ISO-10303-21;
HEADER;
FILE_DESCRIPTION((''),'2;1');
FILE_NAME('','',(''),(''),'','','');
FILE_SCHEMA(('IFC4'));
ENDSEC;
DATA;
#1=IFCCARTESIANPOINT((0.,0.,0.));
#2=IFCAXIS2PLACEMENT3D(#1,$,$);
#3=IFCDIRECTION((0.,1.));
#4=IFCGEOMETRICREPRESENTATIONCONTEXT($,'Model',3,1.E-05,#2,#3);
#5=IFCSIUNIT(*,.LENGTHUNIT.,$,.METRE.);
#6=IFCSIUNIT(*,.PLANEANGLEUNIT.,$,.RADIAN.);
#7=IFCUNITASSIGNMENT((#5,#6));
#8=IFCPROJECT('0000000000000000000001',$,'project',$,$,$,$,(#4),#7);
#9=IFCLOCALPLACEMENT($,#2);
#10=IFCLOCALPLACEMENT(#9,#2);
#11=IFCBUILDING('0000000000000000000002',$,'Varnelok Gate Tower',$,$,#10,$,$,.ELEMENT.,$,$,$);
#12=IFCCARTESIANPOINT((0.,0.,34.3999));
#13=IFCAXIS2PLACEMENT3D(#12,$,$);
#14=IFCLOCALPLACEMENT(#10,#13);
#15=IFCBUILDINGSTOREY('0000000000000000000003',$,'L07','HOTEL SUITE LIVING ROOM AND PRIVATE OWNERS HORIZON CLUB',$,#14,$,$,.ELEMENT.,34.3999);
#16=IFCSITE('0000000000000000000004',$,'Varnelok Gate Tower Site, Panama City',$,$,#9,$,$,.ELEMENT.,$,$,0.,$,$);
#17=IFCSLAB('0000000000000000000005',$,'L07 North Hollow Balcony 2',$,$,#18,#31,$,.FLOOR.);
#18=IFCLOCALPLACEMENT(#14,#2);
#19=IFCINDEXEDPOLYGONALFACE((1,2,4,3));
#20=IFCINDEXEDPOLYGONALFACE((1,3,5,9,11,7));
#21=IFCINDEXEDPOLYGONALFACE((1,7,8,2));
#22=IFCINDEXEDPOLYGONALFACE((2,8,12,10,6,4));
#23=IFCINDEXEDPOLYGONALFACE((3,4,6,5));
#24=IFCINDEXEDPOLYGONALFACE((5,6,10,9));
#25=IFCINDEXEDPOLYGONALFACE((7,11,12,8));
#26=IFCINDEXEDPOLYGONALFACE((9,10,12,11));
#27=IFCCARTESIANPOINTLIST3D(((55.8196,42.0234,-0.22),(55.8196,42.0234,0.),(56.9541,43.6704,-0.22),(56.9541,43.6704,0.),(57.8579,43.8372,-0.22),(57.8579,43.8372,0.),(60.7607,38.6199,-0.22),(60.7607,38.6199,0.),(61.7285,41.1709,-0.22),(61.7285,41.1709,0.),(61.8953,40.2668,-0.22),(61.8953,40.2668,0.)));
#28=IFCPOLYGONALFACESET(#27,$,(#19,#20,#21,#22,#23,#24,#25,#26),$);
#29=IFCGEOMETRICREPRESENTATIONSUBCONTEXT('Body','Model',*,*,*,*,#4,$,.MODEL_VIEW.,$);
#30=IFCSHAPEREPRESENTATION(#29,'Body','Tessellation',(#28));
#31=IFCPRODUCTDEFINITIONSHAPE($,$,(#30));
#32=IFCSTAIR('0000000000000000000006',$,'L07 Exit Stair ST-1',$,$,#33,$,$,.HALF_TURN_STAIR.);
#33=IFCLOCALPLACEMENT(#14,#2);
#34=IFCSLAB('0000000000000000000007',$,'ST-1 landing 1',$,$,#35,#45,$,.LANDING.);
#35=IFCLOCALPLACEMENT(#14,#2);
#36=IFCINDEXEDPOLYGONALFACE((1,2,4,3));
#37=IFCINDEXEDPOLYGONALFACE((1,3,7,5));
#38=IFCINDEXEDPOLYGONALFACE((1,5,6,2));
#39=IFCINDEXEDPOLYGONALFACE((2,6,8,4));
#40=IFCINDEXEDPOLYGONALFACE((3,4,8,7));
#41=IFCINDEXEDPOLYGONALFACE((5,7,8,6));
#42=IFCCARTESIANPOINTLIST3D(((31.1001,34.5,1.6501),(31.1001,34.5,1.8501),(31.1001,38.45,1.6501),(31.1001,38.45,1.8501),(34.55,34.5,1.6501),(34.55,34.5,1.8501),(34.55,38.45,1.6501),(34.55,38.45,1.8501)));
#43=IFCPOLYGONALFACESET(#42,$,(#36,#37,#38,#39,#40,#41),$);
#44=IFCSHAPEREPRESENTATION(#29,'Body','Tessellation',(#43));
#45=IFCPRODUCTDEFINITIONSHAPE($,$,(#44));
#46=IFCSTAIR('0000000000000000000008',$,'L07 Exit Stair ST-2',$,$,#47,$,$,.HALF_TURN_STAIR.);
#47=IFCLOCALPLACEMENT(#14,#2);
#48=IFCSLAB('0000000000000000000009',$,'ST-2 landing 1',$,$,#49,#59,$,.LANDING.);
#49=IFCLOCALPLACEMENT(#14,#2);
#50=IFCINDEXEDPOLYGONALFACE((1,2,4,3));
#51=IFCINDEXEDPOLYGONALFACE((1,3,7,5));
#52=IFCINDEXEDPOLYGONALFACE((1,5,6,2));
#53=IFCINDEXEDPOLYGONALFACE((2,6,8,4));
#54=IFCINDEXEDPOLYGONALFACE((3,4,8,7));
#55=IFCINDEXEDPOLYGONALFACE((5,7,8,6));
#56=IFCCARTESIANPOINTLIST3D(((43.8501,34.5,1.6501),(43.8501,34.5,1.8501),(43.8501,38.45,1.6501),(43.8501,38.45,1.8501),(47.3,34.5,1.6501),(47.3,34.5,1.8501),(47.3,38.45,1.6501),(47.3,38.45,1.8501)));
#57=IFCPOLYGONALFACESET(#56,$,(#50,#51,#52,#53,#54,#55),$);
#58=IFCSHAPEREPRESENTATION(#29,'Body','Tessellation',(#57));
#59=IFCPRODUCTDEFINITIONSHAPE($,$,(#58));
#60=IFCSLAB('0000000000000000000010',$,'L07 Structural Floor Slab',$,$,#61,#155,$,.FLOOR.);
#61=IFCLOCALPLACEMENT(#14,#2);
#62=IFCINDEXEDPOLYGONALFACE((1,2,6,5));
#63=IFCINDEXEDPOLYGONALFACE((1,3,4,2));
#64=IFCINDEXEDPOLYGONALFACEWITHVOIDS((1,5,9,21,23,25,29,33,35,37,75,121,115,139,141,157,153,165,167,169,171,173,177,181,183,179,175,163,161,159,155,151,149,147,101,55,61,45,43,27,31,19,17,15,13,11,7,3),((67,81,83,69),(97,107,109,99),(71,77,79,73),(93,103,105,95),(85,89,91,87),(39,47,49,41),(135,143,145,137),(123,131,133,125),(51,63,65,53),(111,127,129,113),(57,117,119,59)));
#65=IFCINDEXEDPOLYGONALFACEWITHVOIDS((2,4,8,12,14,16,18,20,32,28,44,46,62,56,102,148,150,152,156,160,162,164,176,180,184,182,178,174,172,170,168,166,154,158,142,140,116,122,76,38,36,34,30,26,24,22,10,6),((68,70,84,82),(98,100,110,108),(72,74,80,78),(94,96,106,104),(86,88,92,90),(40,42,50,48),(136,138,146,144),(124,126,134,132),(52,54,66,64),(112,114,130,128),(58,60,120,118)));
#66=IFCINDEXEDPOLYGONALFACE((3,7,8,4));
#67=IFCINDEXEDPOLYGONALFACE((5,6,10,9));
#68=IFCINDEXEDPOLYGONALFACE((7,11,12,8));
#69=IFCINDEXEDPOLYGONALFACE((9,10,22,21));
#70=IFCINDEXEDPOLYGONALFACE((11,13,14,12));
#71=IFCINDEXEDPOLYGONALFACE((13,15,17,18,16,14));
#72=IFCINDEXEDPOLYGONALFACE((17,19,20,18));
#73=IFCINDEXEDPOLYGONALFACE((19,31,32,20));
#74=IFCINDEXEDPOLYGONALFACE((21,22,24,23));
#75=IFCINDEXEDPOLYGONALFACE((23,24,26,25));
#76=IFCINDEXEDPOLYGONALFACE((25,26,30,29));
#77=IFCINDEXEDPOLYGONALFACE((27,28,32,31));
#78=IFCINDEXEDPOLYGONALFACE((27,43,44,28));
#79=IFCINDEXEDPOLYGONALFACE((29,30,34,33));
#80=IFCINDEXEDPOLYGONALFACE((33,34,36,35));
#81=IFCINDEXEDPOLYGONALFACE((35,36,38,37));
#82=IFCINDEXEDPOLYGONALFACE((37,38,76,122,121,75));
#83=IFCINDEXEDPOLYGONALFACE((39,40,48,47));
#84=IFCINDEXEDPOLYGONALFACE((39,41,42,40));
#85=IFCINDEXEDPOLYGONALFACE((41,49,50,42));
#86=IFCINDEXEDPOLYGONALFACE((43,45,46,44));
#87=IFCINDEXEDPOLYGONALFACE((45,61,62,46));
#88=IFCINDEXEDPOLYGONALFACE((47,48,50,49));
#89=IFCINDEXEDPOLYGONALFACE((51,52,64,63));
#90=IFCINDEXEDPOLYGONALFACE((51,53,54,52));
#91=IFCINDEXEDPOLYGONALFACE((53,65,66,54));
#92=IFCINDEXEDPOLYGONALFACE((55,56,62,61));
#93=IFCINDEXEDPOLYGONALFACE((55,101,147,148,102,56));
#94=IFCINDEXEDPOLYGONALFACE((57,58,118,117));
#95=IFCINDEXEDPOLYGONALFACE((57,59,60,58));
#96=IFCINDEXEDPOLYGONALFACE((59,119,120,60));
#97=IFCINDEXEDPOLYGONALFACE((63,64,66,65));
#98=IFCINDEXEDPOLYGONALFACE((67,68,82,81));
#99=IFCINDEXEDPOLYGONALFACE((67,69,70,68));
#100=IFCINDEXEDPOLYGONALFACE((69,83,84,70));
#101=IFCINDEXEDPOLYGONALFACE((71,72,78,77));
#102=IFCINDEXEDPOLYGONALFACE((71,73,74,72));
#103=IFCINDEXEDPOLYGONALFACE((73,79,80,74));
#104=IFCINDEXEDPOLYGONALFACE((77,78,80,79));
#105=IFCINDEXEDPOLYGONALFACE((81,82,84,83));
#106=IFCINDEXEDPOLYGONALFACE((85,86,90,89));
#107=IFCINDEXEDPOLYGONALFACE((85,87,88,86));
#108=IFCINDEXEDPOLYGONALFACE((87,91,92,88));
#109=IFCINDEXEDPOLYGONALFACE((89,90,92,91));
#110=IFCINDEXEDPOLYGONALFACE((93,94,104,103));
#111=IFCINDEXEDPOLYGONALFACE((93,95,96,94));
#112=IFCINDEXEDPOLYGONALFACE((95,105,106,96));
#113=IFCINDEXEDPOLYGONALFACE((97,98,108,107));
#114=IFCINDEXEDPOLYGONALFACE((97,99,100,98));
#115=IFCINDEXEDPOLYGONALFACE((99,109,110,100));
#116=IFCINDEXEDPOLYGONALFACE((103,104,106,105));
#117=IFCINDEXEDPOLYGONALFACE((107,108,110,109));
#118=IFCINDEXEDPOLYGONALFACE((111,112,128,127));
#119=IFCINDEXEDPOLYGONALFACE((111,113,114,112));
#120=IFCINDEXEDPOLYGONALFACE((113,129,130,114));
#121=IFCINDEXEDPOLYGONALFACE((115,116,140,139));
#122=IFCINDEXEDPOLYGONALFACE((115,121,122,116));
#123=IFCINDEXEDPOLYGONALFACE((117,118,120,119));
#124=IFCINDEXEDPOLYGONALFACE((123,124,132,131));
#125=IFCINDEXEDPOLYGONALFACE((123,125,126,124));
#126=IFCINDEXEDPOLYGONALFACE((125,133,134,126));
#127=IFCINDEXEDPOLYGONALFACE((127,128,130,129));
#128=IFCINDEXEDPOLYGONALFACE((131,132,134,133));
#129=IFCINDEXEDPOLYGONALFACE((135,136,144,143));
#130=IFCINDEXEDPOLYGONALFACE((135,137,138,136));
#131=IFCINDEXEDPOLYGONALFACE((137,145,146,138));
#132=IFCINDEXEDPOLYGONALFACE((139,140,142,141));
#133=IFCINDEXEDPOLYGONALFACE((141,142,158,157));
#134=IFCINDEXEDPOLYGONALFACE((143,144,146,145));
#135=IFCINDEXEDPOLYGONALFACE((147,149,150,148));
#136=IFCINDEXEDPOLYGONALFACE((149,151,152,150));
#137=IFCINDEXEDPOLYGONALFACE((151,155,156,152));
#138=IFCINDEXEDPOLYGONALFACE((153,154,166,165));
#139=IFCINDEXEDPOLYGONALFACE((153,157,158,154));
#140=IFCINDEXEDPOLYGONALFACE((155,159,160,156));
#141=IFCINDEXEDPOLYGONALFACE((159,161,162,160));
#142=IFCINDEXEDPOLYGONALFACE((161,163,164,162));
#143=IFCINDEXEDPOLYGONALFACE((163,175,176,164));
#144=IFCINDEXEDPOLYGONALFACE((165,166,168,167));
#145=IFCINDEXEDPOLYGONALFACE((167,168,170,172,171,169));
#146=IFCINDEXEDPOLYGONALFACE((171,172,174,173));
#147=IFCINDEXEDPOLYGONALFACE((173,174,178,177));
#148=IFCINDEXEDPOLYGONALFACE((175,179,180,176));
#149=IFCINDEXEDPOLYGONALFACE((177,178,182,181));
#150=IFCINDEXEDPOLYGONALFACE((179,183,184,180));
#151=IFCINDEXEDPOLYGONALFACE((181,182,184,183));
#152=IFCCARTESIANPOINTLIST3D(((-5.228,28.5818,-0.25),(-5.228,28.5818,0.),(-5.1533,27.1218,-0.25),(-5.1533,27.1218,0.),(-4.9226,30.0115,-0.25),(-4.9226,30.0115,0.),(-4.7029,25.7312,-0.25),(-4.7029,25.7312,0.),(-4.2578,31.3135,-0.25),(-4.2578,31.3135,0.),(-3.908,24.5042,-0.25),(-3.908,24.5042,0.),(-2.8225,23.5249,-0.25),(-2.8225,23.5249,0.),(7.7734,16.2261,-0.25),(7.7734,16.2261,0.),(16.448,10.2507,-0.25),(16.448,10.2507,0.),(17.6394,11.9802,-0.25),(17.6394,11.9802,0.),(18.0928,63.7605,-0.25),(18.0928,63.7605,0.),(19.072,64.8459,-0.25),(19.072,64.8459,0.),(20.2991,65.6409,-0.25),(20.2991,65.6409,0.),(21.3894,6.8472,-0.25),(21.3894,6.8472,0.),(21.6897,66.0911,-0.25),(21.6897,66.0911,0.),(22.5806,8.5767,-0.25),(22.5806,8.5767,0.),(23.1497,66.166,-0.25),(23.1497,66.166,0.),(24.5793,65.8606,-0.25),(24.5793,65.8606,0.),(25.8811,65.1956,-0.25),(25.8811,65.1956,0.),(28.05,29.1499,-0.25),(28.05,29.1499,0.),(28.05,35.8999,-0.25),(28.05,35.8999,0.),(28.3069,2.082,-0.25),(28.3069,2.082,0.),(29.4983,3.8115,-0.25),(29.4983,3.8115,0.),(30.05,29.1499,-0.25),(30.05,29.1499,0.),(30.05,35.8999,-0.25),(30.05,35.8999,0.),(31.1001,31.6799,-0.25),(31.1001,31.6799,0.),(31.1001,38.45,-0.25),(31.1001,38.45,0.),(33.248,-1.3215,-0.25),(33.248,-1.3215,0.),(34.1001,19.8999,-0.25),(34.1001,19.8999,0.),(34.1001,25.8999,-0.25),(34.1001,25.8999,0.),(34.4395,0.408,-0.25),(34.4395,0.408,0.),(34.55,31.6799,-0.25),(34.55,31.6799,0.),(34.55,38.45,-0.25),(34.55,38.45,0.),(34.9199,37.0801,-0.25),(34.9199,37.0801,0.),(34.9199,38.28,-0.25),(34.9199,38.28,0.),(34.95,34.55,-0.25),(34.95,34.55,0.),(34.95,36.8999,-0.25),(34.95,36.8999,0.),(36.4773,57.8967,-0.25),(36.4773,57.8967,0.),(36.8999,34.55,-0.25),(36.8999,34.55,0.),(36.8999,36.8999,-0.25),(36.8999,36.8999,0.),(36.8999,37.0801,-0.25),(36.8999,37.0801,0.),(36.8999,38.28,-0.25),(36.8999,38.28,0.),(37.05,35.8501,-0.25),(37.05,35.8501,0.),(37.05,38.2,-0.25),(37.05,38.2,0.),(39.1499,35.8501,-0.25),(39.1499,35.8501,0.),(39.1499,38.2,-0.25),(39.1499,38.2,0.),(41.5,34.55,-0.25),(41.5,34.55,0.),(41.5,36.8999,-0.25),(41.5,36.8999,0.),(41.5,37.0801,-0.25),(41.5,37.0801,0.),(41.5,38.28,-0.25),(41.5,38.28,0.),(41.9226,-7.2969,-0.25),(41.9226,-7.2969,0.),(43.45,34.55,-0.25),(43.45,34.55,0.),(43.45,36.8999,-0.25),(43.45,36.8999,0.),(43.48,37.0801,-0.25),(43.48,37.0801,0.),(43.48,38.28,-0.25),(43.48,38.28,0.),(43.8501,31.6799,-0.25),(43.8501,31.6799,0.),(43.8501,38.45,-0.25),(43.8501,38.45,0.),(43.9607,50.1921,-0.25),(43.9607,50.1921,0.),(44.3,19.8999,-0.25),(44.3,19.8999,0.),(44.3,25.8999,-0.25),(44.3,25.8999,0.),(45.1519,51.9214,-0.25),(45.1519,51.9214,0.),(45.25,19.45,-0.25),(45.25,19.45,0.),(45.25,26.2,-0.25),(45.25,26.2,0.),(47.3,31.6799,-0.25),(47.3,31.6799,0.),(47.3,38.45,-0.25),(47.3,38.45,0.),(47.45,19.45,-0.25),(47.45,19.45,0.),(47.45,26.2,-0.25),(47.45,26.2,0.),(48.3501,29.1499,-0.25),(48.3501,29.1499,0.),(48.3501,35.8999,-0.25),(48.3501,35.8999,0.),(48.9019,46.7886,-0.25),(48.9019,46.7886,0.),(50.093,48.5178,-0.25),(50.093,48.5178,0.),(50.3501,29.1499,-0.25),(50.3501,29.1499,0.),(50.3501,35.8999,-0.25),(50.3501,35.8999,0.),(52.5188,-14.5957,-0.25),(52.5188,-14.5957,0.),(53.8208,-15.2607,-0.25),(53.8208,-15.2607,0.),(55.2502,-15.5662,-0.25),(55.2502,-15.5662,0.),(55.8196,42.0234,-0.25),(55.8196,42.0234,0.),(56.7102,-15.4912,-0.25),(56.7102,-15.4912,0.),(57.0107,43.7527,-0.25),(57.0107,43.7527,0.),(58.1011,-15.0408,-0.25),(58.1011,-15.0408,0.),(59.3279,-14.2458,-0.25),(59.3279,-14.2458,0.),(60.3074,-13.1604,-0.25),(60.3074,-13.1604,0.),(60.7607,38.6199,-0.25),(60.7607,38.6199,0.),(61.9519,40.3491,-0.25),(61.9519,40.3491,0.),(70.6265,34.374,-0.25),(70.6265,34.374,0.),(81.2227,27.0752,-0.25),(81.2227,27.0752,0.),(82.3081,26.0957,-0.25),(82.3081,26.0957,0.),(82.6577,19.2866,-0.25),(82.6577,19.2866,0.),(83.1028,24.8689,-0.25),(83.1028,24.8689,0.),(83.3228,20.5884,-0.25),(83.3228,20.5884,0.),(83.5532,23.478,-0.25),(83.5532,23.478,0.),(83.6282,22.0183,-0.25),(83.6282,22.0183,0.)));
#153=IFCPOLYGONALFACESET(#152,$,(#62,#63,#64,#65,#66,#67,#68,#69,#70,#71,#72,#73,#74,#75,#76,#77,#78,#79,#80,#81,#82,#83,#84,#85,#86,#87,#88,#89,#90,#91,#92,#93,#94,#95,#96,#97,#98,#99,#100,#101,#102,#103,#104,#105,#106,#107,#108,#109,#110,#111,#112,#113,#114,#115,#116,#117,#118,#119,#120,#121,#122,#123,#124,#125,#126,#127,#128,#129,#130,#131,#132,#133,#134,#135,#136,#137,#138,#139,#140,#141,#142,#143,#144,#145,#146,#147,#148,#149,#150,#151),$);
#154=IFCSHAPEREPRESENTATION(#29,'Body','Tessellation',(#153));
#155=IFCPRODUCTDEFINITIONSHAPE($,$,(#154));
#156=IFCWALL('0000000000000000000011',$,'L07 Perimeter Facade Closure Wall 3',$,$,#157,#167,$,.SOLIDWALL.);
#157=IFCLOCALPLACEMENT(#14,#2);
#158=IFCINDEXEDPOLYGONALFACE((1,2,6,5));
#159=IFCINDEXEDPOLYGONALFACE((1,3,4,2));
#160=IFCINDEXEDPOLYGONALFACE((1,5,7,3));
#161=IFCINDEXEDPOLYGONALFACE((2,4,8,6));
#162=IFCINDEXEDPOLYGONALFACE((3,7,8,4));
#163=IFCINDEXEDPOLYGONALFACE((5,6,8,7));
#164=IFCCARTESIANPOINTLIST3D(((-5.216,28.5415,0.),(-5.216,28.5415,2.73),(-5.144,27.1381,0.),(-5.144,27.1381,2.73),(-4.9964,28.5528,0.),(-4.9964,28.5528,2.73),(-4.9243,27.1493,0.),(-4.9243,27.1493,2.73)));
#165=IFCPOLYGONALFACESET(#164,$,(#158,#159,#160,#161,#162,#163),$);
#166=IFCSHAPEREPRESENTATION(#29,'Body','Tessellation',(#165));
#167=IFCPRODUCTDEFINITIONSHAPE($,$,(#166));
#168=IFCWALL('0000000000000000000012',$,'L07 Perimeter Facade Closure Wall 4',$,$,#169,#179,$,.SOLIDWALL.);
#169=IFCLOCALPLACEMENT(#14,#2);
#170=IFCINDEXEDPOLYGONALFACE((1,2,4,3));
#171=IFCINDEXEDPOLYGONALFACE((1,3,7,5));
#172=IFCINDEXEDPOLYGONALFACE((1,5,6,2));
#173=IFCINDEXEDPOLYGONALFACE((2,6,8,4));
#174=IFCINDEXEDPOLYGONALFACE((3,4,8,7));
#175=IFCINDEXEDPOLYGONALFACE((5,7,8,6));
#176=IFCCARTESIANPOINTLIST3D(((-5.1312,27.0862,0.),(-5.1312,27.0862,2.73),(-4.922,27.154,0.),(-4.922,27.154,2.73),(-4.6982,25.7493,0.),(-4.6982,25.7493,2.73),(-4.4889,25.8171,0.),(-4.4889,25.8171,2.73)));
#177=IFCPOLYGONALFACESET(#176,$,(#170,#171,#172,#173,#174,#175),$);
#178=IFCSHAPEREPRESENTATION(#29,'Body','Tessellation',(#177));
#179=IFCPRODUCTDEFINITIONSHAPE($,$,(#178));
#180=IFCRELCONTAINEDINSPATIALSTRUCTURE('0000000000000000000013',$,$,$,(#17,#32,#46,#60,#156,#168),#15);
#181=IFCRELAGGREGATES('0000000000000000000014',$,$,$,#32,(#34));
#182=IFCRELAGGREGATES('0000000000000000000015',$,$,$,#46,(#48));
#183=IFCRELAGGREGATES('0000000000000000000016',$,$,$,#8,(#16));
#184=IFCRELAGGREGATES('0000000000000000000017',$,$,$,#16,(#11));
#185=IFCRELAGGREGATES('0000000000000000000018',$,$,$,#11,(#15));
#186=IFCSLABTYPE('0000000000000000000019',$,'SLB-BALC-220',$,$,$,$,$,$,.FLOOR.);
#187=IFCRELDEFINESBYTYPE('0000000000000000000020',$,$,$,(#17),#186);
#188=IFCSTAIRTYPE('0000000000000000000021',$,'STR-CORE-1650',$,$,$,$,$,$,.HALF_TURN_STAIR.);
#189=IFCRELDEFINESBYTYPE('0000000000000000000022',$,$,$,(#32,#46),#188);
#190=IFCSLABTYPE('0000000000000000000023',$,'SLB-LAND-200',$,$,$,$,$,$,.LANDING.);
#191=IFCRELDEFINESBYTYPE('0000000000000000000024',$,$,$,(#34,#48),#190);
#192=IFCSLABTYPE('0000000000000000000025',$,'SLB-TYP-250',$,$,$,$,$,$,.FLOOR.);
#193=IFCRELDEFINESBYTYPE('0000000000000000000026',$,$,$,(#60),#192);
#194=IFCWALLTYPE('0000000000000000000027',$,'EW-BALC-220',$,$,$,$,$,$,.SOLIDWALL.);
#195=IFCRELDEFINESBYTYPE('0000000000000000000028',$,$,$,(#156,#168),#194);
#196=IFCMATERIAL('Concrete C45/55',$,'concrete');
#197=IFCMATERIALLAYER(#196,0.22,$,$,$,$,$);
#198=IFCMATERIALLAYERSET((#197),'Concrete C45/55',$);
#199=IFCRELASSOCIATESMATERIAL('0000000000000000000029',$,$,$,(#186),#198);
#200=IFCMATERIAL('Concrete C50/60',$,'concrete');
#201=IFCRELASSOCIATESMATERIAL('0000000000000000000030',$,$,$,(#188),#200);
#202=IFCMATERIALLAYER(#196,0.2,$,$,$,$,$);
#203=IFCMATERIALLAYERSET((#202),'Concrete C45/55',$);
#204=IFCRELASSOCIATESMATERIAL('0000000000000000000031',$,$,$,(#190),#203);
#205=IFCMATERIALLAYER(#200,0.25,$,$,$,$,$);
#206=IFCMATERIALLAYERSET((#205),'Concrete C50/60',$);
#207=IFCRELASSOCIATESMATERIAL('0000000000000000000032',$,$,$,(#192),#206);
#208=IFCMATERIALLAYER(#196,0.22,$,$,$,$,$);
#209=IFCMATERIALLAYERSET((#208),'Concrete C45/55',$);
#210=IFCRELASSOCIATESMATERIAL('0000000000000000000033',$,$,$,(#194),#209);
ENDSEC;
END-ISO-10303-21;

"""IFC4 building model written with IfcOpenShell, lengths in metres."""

from ifc_helpers import new_model, si_unit, direction, frame, frame_2d, origin, place, context, subcontext, project, spatial, polyline, rectangle, outline, extrude, material, layer, layer_set, type_object, element, aggregate, save


model = new_model("IFC4")

# Units and contexts
model_context = context("Model", 3, precision=1e-05, world=origin(), true_north=direction((0.0, 1.0)))
body_context = subcontext(model_context, "Body", "Model", "MODEL_VIEW")
ifc_project = project(units=[si_unit("LENGTHUNIT", "METRE"), si_unit("PLANEANGLEUNIT", "RADIAN")], contexts=[model_context])

# Site, building, storey
site_placement = place(None, origin())
site = spatial("IfcSite", under=ifc_project, at=site_placement, Name="Varnelok Gate Tower Site, Panama City", CompositionType="ELEMENT", RefElevation=0.0)
building_placement = place(site_placement, origin())
building = spatial("IfcBuilding", under=site, at=building_placement, Name="Varnelok Gate Tower", CompositionType="ELEMENT")
storey_placement = place(building_placement, frame((0.0, 0.0, 34.3999)))
storey = spatial("IfcBuildingStorey", under=building, at=storey_placement, Name="L07", Description="HOTEL SUITE LIVING ROOM AND PRIVATE OWNERS HORIZON CLUB", CompositionType="ELEMENT", Elevation=34.3999)

# Slab
ifc_material_1 = material(Name="Concrete C45/55", Category="concrete")
ifc_layer_1 = layer(ifc_material_1, 0.22)
ifc_layer_set_1 = layer_set([ifc_layer_1], Name="Concrete C45/55")
slab_type_1 = type_object("IfcSlabType", Name="SLB-BALC-220", PredefinedType="FLOOR", material=ifc_layer_set_1)
slab_1_placement = place(storey_placement, frame((0.0, 0.0, -0.22)))
element("IfcSlab", 1, at=slab_1_placement, inside=storey, type_object=slab_type_1, Name="L07 North Hollow Balcony 2", PredefinedType="FLOOR", context=body_context, shape_type="SweptSolid", body=[
    extrude(outline(polyline([(55.8196, 42.0234), (60.7607, 38.6199), (61.8953, 40.2668), (61.7285, 41.1709), (57.8579, 43.8372), (56.9541, 43.6704), (55.8196, 42.0234)])), origin(), (0.0, 0.0, 1.0), 0.22),
])

# Stairs, slabs
ifc_material_2 = material(Name="Concrete C50/60", Category="concrete")
stair_type = type_object("IfcStairType", Name="STR-CORE-1650", PredefinedType="HALF_TURN_STAIR", material=ifc_material_2)
stair_1_placement = place(storey_placement, origin())
stair_1 = element("IfcStair", 2, at=stair_1_placement, inside=storey, type_object=stair_type, Name="L07 Exit Stair ST-1", PredefinedType="HALF_TURN_STAIR")
ifc_layer_2 = layer(ifc_material_1, 0.2)
ifc_layer_set_2 = layer_set([ifc_layer_2], Name="Concrete C45/55")
slab_type_2 = type_object("IfcSlabType", Name="SLB-LAND-200", PredefinedType="LANDING", material=ifc_layer_set_2)
slab_2_placement = place(storey_placement, frame((0.0, 0.0, 1.6501)))
slab_2 = element("IfcSlab", 3, at=slab_2_placement, type_object=slab_type_2, Name="ST-1 landing 1", PredefinedType="LANDING", context=body_context, shape_type="SweptSolid", body=[
    extrude(outline(polyline([(34.55, 34.5), (34.55, 38.45), (31.1001, 38.45), (31.1001, 34.5), (34.55, 34.5)])), origin(), (0.0, 0.0, 1.0), 0.2),
])
aggregate(stair_1, [slab_2])
stair_2_placement = place(storey_placement, origin())
stair_2 = element("IfcStair", 4, at=stair_2_placement, inside=storey, type_object=stair_type, Name="L07 Exit Stair ST-2", PredefinedType="HALF_TURN_STAIR")
slab_3_placement = place(storey_placement, frame((0.0, 0.0, 1.6501)))
slab_3 = element("IfcSlab", 5, at=slab_3_placement, type_object=slab_type_2, Name="ST-2 landing 1", PredefinedType="LANDING", context=body_context, shape_type="SweptSolid", body=[
    extrude(outline(polyline([(47.3, 34.5), (47.3, 38.45), (43.8501, 38.45), (43.8501, 34.5), (47.3, 34.5)])), origin(), (0.0, 0.0, 1.0), 0.2),
])
aggregate(stair_2, [slab_3])

# Slab
ifc_layer_3 = layer(ifc_material_2, 0.25)
ifc_layer_set_3 = layer_set([ifc_layer_3], Name="Concrete C50/60")
slab_type_3 = type_object("IfcSlabType", Name="SLB-TYP-250", PredefinedType="FLOOR", material=ifc_layer_set_3)
slab_4_placement = place(storey_placement, frame((0.0, 0.0, -0.25)))
element("IfcSlab", 6, at=slab_4_placement, inside=storey, type_object=slab_type_3, Name="L07 Structural Floor Slab", PredefinedType="FLOOR", context=body_context, shape_type="SweptSolid", body=[
    extrude(outline(polyline([(-4.2578, 31.3135), (-4.9226, 30.0115), (-5.228, 28.5818), (-5.1533, 27.1218), (-4.7029, 25.7312), (-3.908, 24.5042), (-2.8225, 23.5249), (7.7734, 16.2261), (16.448, 10.2507), (17.6394, 11.9802), (22.5806, 8.5767), (21.3894, 6.8472), (28.3069, 2.082), (29.4983, 3.8115), (34.4395, 0.408), (33.248, -1.3215), (41.9226, -7.2969), (52.5188, -14.5957), (53.8208, -15.2607), (55.2502, -15.5662), (56.7102, -15.4912), (58.1011, -15.0408), (59.3279, -14.2458), (60.3074, -13.1604), (82.6577, 19.2866), (83.3228, 20.5884), (83.6282, 22.0183), (83.5532, 23.478), (83.1028, 24.8689), (82.3081, 26.0957), (81.2227, 27.0752), (70.6265, 34.374), (61.9519, 40.3491), (60.7607, 38.6199), (55.8196, 42.0234), (57.0107, 43.7527), (50.093, 48.5178), (48.9019, 46.7886), (43.9607, 50.1921), (45.1519, 51.9214), (36.4773, 57.8967), (25.8811, 65.1956), (24.5793, 65.8606), (23.1497, 66.166), (21.6897, 66.0911), (20.2991, 65.6409), (19.072, 64.8459), (18.0928, 63.7605), (-4.2578, 31.3135)]), holes=[polyline([(34.55, 31.6799), (34.55, 38.45), (31.1001, 38.45), (31.1001, 31.6799), (34.55, 31.6799)]), polyline([(47.3, 31.6799), (47.3, 38.45), (43.8501, 38.45), (43.8501, 31.6799), (47.3, 31.6799)]), polyline([(34.95, 34.55), (36.8999, 34.55), (36.8999, 36.8999), (34.95, 36.8999), (34.95, 34.55)]), polyline([(41.5, 34.55), (43.45, 34.55), (43.45, 36.8999), (41.5, 36.8999), (41.5, 34.55)]), polyline([(37.05, 35.8501), (39.1499, 35.8501), (39.1499, 38.2), (37.05, 38.2), (37.05, 35.8501)]), polyline([(28.05, 29.1499), (30.05, 29.1499), (30.05, 35.8999), (28.05, 35.8999), (28.05, 29.1499)]), polyline([(48.3501, 29.1499), (50.3501, 29.1499), (50.3501, 35.8999), (48.3501, 35.8999), (48.3501, 29.1499)]), polyline([(45.25, 19.45), (47.45, 19.45), (47.45, 26.2), (45.25, 26.2), (45.25, 19.45)]), polyline([(34.9199, 37.0801), (36.8999, 37.0801), (36.8999, 38.28), (34.9199, 38.28), (34.9199, 37.0801)]), polyline([(41.5, 37.0801), (43.48, 37.0801), (43.48, 38.28), (41.5, 38.28), (41.5, 37.0801)]), polyline([(34.1001, 19.8999), (44.3, 19.8999), (44.3, 25.8999), (34.1001, 25.8999), (34.1001, 19.8999)])]), origin(), (0.0, 0.0, 1.0), 0.25),
])

# Walls
ifc_layer_4 = layer(ifc_material_1, 0.22)
ifc_layer_set_4 = layer_set([ifc_layer_4], Name="Concrete C45/55")
wall_type_1 = type_object("IfcWallType", Name="EW-BALC-220", PredefinedType="SOLIDWALL", material=ifc_layer_set_4)
for number, where, z_axis, x_axis, name in (
    (7, (-5.1062, 28.5471, 0.0), (0.0, 0.0, 1.0), (0.051255, -0.998686, 0.0), "L07 Perimeter Facade Closure Wall 3"),
    (8, (-5.0266, 27.1201, 0.0), (0.0, 0.0, 1.0), (0.30819, -0.951325, 0.0), "L07 Perimeter Facade Closure Wall 4"),
):
    element("IfcWall", number, at=place(storey_placement, frame(where, z_axis=z_axis, x_axis=x_axis)), inside=storey, type_object=wall_type_1, Name=name, PredefinedType="SOLIDWALL", context=body_context, shape_type="SweptSolid", body=[
        extrude(rectangle(XDim=1.4053, YDim=0.22, at=frame_2d((0.7026, 0.0))), origin(), (0.0, 0.0, 1.0), 2.73),
    ])

save(model, "model.ifc")
